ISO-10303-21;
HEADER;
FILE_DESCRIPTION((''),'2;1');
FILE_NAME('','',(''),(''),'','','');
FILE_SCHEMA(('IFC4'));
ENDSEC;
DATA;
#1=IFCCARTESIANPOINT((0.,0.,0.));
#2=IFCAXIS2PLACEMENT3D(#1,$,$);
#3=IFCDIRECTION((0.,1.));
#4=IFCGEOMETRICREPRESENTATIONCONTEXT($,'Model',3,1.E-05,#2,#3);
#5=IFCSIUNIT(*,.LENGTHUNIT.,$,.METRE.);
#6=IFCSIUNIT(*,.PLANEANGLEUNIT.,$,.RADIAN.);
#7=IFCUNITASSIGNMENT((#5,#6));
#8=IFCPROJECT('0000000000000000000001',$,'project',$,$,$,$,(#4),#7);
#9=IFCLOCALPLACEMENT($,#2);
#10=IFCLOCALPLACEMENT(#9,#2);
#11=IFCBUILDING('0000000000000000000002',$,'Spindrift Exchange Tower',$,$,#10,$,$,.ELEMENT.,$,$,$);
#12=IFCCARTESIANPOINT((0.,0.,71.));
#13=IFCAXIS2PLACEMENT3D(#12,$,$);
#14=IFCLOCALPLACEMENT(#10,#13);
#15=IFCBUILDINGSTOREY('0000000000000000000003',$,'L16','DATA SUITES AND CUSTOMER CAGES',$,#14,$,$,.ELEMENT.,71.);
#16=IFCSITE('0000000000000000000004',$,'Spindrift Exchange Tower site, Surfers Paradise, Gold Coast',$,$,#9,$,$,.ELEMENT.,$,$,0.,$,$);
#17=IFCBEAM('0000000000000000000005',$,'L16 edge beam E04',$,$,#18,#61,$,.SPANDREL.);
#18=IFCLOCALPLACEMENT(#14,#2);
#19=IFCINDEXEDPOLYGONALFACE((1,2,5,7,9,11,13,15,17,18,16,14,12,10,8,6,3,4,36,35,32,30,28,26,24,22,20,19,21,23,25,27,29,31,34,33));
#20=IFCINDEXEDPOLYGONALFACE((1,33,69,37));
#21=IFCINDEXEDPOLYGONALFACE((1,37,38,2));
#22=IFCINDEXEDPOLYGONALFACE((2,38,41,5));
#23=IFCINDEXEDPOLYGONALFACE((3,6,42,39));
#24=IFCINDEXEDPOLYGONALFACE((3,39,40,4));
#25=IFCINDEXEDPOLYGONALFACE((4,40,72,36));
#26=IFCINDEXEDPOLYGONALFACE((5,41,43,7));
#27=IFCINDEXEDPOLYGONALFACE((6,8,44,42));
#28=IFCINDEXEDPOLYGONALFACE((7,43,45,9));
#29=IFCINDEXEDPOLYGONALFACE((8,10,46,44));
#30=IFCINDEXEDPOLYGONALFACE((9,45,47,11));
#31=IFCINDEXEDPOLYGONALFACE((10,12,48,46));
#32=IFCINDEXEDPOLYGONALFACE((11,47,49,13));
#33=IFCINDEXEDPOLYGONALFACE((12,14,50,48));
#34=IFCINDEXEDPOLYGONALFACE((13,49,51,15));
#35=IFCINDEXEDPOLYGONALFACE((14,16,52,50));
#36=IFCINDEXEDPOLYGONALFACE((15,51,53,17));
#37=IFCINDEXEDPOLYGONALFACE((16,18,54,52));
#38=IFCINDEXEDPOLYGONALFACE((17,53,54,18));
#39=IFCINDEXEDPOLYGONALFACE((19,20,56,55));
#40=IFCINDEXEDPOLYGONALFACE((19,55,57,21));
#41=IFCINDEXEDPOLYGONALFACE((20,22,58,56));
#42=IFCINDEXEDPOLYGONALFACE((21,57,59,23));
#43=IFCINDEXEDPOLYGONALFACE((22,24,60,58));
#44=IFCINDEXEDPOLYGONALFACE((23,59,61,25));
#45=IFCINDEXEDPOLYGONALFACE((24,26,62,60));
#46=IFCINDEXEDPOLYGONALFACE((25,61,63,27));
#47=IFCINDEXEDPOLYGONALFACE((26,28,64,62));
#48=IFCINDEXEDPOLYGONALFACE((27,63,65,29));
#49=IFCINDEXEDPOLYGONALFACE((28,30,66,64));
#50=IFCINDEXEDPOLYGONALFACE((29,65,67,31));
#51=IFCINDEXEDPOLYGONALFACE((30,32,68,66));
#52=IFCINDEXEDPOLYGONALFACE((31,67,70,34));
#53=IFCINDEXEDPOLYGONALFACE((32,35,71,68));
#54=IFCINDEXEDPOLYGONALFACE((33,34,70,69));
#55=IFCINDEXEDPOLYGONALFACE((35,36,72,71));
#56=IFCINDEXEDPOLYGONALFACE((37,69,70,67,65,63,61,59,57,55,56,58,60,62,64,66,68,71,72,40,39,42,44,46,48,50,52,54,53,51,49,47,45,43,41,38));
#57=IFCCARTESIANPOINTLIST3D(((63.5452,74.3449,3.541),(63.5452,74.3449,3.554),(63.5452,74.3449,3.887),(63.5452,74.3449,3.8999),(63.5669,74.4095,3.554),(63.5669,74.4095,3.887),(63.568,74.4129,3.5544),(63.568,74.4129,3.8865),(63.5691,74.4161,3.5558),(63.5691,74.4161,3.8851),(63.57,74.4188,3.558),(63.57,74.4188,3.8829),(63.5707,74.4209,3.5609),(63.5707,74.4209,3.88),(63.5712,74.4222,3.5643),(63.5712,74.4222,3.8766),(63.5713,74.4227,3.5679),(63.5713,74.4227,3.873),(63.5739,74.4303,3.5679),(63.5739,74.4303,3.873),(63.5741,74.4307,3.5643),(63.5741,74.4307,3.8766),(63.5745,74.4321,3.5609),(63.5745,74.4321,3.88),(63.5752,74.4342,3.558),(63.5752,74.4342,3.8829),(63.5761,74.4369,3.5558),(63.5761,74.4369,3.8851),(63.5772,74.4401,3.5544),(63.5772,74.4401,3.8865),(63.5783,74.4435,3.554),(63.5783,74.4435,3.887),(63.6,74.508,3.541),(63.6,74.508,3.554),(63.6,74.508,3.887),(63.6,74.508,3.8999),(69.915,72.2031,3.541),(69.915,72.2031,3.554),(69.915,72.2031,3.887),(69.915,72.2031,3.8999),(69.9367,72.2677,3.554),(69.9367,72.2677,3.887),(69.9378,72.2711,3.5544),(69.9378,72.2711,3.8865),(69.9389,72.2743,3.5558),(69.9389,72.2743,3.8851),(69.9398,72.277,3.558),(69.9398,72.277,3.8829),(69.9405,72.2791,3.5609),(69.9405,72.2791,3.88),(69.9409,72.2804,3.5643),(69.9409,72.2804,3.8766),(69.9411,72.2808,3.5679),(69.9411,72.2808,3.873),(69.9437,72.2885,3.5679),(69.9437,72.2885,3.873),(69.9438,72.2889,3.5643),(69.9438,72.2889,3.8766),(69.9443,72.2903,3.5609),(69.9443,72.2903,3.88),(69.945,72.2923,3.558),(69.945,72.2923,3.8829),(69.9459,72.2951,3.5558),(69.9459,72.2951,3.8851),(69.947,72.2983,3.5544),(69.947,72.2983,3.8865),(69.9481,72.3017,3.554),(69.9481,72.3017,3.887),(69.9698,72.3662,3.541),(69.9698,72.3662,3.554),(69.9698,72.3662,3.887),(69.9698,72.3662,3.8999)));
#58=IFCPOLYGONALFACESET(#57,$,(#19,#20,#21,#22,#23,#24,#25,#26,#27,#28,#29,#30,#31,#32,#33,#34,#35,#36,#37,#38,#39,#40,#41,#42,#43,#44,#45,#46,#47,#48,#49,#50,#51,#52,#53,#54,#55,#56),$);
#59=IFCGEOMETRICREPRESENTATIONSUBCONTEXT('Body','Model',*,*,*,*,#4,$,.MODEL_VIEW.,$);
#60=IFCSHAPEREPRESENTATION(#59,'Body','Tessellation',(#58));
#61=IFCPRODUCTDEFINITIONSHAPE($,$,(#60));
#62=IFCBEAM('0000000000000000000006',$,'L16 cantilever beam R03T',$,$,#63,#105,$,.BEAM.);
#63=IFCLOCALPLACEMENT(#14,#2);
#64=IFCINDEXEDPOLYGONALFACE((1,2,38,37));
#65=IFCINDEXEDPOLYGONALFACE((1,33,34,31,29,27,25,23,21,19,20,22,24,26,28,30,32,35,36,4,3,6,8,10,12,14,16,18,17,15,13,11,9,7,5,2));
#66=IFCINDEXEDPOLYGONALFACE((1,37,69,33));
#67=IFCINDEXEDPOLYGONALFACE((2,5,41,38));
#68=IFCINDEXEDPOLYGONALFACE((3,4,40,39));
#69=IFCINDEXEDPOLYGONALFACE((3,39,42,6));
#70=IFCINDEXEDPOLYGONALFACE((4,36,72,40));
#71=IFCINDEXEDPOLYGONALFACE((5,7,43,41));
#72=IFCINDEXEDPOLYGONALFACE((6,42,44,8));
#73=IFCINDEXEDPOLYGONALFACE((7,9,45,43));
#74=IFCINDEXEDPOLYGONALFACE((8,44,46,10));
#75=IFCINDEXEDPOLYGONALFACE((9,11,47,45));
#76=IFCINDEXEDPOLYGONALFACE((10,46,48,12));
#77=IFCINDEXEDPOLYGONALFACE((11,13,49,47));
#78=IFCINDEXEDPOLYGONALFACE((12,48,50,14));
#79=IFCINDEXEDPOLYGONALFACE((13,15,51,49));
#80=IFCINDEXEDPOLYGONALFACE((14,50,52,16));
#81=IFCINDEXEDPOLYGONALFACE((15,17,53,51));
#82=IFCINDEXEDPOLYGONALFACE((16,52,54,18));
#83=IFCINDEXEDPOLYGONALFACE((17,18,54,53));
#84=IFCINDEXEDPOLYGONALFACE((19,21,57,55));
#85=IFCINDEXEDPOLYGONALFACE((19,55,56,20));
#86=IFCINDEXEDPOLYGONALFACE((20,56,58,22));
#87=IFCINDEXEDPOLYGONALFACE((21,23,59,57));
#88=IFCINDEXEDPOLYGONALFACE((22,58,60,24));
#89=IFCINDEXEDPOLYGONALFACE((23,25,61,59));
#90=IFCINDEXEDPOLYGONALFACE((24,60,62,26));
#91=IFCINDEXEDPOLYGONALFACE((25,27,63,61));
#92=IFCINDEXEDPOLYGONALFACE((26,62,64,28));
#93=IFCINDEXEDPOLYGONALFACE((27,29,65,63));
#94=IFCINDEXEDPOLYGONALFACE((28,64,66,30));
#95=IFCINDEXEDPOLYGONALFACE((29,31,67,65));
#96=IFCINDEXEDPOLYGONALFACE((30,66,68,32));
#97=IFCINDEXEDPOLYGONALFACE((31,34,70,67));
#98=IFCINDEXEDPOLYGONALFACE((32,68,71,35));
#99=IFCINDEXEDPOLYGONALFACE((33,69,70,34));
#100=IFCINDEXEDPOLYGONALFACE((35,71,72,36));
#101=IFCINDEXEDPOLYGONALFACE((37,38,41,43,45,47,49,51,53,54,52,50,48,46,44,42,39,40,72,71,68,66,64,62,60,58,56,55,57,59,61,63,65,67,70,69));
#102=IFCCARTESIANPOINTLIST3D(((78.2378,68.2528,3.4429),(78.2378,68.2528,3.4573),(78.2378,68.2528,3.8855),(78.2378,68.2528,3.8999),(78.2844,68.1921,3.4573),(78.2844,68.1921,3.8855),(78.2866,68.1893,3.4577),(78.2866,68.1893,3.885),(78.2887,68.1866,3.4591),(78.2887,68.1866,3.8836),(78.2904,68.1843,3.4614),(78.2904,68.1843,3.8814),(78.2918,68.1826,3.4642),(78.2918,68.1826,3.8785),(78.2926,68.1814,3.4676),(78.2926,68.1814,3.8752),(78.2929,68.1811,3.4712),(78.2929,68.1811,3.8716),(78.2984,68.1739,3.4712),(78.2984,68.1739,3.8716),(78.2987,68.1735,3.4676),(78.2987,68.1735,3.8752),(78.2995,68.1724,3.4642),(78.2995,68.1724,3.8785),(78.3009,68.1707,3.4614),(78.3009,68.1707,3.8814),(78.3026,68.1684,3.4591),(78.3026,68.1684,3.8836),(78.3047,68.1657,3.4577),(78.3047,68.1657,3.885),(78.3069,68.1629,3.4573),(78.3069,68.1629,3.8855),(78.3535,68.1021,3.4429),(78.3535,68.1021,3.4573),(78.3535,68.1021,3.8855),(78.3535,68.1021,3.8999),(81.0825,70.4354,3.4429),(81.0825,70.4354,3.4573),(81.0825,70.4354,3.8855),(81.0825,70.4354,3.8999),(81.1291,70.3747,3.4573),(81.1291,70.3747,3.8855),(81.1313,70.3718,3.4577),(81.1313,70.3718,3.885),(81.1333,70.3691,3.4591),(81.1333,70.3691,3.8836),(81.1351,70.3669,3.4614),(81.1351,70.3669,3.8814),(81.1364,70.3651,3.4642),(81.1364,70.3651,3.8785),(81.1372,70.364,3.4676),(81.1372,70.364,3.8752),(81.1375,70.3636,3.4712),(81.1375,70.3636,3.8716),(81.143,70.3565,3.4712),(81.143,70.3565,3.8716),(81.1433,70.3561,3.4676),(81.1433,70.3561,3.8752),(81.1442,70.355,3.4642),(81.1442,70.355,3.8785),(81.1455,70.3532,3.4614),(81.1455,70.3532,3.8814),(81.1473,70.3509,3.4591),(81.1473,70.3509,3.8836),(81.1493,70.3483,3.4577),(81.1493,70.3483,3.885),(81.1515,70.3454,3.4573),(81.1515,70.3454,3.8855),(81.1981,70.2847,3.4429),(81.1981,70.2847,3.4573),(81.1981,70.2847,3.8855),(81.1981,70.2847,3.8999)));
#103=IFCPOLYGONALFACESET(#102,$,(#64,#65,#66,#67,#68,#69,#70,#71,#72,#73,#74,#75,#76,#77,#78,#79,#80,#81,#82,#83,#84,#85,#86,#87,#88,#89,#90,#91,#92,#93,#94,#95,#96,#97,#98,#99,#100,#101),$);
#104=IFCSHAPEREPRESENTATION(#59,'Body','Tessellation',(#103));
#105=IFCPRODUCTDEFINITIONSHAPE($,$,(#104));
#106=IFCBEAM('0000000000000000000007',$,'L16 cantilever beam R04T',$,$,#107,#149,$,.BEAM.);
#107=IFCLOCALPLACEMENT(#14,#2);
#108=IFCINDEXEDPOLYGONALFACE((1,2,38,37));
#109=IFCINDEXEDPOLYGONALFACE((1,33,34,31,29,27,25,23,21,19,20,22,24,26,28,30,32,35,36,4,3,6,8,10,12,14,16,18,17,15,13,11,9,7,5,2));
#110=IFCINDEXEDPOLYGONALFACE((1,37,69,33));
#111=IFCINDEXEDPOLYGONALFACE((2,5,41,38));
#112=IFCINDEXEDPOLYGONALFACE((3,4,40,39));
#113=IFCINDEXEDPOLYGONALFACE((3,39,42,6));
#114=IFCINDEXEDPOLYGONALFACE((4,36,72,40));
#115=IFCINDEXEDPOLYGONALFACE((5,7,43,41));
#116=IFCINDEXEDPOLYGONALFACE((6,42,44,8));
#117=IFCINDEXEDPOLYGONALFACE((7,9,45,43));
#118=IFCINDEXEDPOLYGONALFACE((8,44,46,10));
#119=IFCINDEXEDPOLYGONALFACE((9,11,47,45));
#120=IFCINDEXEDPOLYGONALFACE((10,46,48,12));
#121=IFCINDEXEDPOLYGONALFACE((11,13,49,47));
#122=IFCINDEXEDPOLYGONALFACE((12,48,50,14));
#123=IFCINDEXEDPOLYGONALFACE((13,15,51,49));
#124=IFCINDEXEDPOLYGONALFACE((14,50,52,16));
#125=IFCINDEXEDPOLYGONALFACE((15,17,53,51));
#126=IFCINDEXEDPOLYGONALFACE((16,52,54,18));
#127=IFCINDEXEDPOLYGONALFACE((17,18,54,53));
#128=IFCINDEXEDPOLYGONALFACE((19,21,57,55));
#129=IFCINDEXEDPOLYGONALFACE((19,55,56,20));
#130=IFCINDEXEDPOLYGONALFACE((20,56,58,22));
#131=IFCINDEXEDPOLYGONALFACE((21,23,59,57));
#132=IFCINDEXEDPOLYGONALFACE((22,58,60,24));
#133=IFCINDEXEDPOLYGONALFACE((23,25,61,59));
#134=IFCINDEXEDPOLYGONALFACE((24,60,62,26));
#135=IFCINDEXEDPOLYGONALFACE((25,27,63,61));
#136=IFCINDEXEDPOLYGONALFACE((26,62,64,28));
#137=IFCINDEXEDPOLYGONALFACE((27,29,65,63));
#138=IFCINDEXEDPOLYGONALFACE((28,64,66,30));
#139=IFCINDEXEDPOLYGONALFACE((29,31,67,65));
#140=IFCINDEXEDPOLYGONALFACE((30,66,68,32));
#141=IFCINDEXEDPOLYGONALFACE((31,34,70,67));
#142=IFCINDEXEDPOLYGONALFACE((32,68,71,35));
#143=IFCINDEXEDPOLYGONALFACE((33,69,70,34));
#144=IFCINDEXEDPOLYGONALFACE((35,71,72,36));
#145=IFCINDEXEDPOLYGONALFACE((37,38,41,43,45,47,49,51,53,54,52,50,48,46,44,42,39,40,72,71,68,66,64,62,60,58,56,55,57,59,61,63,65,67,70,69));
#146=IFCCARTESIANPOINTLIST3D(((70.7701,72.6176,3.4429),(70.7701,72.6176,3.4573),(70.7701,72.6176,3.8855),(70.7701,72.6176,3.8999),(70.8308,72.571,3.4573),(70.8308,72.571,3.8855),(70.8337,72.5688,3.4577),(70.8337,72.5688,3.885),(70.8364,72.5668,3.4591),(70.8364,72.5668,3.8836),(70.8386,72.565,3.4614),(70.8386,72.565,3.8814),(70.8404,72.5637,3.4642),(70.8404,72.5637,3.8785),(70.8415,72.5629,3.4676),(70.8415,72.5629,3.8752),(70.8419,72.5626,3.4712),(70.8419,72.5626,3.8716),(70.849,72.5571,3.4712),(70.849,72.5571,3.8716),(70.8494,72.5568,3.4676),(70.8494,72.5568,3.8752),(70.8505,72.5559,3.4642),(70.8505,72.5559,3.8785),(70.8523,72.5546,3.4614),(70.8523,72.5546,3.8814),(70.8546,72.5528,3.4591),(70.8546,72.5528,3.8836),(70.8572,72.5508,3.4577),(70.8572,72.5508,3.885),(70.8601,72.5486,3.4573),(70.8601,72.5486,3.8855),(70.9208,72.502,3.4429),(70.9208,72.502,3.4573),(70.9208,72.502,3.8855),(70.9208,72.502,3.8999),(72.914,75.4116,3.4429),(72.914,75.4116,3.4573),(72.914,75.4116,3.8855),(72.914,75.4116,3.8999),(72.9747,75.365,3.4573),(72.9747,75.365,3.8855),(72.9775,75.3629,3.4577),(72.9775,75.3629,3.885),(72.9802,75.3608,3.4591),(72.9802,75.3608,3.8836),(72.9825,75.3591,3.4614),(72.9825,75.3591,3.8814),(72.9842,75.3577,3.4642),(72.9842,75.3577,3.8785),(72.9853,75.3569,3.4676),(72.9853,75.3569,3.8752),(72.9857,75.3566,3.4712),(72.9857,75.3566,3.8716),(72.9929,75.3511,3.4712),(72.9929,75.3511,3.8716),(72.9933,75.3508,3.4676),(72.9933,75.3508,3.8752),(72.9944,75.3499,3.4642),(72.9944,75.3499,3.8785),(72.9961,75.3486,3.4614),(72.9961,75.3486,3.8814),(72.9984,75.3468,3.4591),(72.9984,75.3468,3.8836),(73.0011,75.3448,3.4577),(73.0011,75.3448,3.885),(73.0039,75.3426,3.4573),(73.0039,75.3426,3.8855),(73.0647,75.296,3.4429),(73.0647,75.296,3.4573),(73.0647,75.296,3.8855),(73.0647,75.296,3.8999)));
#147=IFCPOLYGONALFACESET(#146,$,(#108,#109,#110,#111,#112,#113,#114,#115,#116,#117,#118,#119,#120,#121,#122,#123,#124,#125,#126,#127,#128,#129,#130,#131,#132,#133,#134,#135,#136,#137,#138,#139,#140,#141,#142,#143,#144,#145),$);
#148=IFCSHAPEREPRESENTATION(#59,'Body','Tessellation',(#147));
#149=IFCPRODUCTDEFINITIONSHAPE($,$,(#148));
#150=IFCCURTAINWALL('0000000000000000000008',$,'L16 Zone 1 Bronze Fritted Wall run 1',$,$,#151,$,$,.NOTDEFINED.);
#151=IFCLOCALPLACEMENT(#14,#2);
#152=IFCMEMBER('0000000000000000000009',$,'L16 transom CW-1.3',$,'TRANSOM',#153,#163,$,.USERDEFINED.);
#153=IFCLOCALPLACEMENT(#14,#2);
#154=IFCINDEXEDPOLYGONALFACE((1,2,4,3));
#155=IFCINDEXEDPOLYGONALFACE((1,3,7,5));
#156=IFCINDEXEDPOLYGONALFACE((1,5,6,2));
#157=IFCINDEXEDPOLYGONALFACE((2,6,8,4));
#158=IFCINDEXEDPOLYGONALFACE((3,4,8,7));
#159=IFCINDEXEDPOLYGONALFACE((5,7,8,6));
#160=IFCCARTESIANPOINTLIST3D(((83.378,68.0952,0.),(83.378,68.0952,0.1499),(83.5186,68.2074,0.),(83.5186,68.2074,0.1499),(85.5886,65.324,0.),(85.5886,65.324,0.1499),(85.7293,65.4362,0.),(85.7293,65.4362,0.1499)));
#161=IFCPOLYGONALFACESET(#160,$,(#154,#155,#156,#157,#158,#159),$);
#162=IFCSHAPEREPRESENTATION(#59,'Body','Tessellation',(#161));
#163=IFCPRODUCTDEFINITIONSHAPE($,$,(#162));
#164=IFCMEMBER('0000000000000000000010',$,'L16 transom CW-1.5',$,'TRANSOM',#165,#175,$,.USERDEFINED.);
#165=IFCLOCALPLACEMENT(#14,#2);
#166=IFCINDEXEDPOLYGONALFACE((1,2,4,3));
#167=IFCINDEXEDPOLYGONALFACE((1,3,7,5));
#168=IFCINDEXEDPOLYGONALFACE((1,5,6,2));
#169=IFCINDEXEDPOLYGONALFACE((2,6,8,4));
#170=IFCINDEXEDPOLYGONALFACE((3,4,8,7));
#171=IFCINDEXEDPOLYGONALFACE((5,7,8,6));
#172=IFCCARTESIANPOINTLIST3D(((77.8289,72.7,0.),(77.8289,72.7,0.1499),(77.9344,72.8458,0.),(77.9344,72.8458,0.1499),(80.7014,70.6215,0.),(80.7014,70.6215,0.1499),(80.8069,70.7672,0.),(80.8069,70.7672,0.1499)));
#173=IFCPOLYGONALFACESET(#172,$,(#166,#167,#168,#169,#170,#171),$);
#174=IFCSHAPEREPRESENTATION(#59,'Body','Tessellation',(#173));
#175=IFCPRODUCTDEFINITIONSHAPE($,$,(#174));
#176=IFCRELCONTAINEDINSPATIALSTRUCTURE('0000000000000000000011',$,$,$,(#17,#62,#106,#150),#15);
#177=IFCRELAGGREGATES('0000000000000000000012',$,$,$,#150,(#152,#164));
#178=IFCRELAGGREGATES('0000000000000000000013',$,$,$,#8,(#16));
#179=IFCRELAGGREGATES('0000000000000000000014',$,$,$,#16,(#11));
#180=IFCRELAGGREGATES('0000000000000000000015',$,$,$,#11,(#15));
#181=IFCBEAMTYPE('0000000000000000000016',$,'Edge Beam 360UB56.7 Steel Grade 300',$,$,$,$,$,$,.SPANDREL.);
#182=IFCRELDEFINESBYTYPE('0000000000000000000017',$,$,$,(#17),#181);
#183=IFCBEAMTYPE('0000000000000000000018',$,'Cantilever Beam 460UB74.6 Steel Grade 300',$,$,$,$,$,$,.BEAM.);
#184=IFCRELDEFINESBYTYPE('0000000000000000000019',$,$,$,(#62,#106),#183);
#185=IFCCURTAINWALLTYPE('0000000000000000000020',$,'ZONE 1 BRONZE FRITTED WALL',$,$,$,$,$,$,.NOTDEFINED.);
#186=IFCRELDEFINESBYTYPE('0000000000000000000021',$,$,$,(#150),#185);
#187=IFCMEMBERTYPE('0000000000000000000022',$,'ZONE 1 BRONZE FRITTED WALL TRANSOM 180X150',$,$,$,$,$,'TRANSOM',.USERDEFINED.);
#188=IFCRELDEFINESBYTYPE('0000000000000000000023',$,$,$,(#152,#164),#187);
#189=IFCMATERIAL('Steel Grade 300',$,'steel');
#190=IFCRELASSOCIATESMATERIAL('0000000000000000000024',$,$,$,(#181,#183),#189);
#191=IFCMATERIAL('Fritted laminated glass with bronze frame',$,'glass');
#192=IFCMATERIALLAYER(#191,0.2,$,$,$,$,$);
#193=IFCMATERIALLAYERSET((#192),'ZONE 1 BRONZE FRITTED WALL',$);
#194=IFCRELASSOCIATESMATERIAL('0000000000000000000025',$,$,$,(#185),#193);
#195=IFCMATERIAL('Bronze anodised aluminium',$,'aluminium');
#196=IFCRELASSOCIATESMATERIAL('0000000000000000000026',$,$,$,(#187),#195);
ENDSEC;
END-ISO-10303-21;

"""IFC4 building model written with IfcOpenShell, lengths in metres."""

from ifc_helpers import new_model, si_unit, direction, frame, origin, origin_2d, place, context, subcontext, project, spatial, rectangle, i_section, extrude, source, transform, mapped, material, layer, layer_set, material_profile, profile_set, type_object, element, aggregate, save


model = new_model("IFC4")

# Units and contexts
model_context = context("Model", 3, precision=1e-05, world=origin(), true_north=direction((0.0, 1.0)))
body_context = subcontext(model_context, "Body", "Model", "MODEL_VIEW")
ifc_project = project(units=[si_unit("LENGTHUNIT", "METRE"), si_unit("PLANEANGLEUNIT", "RADIAN")], contexts=[model_context])

# Site, building, storey
site_placement = place(None, origin())
site = spatial("IfcSite", under=ifc_project, at=site_placement, Name="Spindrift Exchange Tower site, Surfers Paradise, Gold Coast", CompositionType="ELEMENT", RefElevation=0.0)
building_placement = place(site_placement, origin())
building = spatial("IfcBuilding", under=site, at=building_placement, Name="Spindrift Exchange Tower", CompositionType="ELEMENT")
storey_placement = place(building_placement, frame((0.0, 0.0, 71.0)))
storey = spatial("IfcBuildingStorey", under=building, at=storey_placement, Name="L16", Description="DATA SUITES AND CUSTOMER CAGES", CompositionType="ELEMENT", Elevation=71.0)

# Beams
ifc_material_1 = material(Name="Steel Grade 300", Category="steel")
ifc_material_profile_1 = material_profile(ifc_material_1, i_section(OverallWidth=0.1721, OverallDepth=0.3589, WebThickness=0.0081, FlangeThickness=0.0129, FilletRadius=0.0139, at=origin_2d()), Name="360UB56.7")
ifc_profile_set_1 = profile_set([ifc_material_profile_1], Name="Steel Grade 300")
beam_type_1 = type_object("IfcBeamType", Name="Edge Beam 360UB56.7 Steel Grade 300", PredefinedType="SPANDREL", material=ifc_profile_set_1)
shared_shape_1 = source(origin(), body_context, "Body", "SweptSolid", [
    extrude(i_section(OverallWidth=0.1721, OverallDepth=0.3589, WebThickness=0.0081, FlangeThickness=0.0129, FilletRadius=0.0139, at=origin_2d()), origin(), (0.0, 0.0, 1.0), 6.7202),
])
beam_1_placement = place(storey_placement, frame((69.9424, 72.2847, 3.7205), z_axis=(-0.947852, 0.318712, 0.0), x_axis=(-0.318712, -0.947852, 0.0)))
element("IfcBeam", 1, at=beam_1_placement, inside=storey, type_object=beam_type_1, Name="L16 edge beam E04", PredefinedType="SPANDREL", context=body_context, shape_type="MappedRepresentation", body=[
    mapped(shared_shape_1, transform((0.0, 0.0, 0.0), scale=1.0)),
])
ifc_material_profile_2 = material_profile(ifc_material_1, i_section(OverallWidth=0.1899, OverallDepth=0.457, WebThickness=0.009, FlangeThickness=0.0144, FilletRadius=0.0139, at=origin_2d()), Name="460UB74.6")
ifc_profile_set_2 = profile_set([ifc_material_profile_2], Name="Steel Grade 300")
beam_type_2 = type_object("IfcBeamType", Name="Cantilever Beam 460UB74.6 Steel Grade 300", PredefinedType="BEAM", material=ifc_profile_set_2)
shared_shape_2 = source(origin(), body_context, "Body", "SweptSolid", [
    extrude(i_section(OverallWidth=0.1899, OverallDepth=0.457, WebThickness=0.009, FlangeThickness=0.0144, FilletRadius=0.0139, at=origin_2d()), origin(), (0.0, 0.0, 1.0), 3.5854),
])
beam_2_placement = place(storey_placement, frame((78.2957, 68.1775, 3.6714), z_axis=(0.793383, 0.608723, 0.0), x_axis=(-0.608723, 0.793383, 0.0)))
element("IfcBeam", 2, at=beam_2_placement, inside=storey, type_object=beam_type_2, Name="L16 cantilever beam R03T", PredefinedType="BEAM", context=body_context, shape_type="MappedRepresentation", body=[
    mapped(shared_shape_2, transform((0.0, 0.0, 0.0), scale=1.0)),
])
shared_shape_3 = source(origin(), body_context, "Body", "SweptSolid", [
    extrude(i_section(OverallWidth=0.1899, OverallDepth=0.457, WebThickness=0.009, FlangeThickness=0.0144, FilletRadius=0.0139, at=origin_2d()), origin(), (0.0, 0.0, 1.0), 3.5217),
])
beam_3_placement = place(storey_placement, frame((70.8455, 72.5598, 3.6714), z_axis=(0.608749, 0.793363, 0.0), x_axis=(-0.793363, 0.608749, 0.0)))
element("IfcBeam", 3, at=beam_3_placement, inside=storey, type_object=beam_type_2, Name="L16 cantilever beam R04T", PredefinedType="BEAM", context=body_context, shape_type="MappedRepresentation", body=[
    mapped(shared_shape_3, transform((0.0, 0.0, 0.0), scale=1.0)),
])

# Curtain wall, members
ifc_material_2 = material(Name="Fritted laminated glass with bronze frame", Category="glass")
ifc_layer_1 = layer(ifc_material_2, 0.2)
ifc_layer_set_1 = layer_set([ifc_layer_1], Name="ZONE 1 BRONZE FRITTED WALL")
curtain_wall_type = type_object("IfcCurtainWallType", Name="ZONE 1 BRONZE FRITTED WALL", PredefinedType="NOTDEFINED", material=ifc_layer_set_1)
curtain_wall_1_placement = place(storey_placement, origin())
curtain_wall_1 = element("IfcCurtainWall", 4, at=curtain_wall_1_placement, inside=storey, type_object=curtain_wall_type, Name="L16 Zone 1 Bronze Fritted Wall run 1", PredefinedType="NOTDEFINED")
ifc_material_3 = material(Name="Bronze anodised aluminium", Category="aluminium")
ifc_material_profile_3 = material_profile(ifc_material_3, rectangle(XDim=0.1799, YDim=0.1499, at=origin_2d()), Name="ZONE 1 BRONZE FRITTED WALL TRANSOM 180X150")
ifc_profile_set_3 = profile_set([ifc_material_profile_3], Name="Bronze anodised aluminium")
member_type_1 = type_object("IfcMemberType", Name="ZONE 1 BRONZE FRITTED WALL TRANSOM 180X150", ElementType="TRANSOM", PredefinedType="USERDEFINED", material=ifc_profile_set_3)
shared_shape_4 = source(origin(), body_context, "Body", "SweptSolid", [
    extrude(rectangle(XDim=0.1799, YDim=0.1499, at=origin_2d()), origin(), (0.0, 0.0, 1.0), 3.5449),
])
member_1_placement = place(storey_placement, frame((85.6589, 65.3801, 0.075), z_axis=(-0.623611, 0.781735, 0.0), x_axis=(-0.781735, -0.623611, 0.0)))
member_1 = element("IfcMember", 5, at=member_1_placement, type_object=member_type_1, Name="L16 transom CW-1.3", ObjectType="TRANSOM", PredefinedType="USERDEFINED", context=body_context, shape_type="MappedRepresentation", body=[
    mapped(shared_shape_4, transform((0.0, 0.0, 0.0), scale=1.0)),
])
shared_shape_5 = source(origin(), body_context, "Body", "SweptSolid", [
    extrude(rectangle(XDim=0.1799, YDim=0.1499, at=origin_2d()), origin(), (0.0, 0.0, 1.0), 3.5457),
])
member_2_placement = place(storey_placement, frame((80.7542, 70.6943, 0.075), z_axis=(-0.810145, 0.586229, 0.0), x_axis=(-0.586229, -0.810145, 0.0)))
member_2 = element("IfcMember", 6, at=member_2_placement, type_object=member_type_1, Name="L16 transom CW-1.5", ObjectType="TRANSOM", PredefinedType="USERDEFINED", context=body_context, shape_type="MappedRepresentation", body=[
    mapped(shared_shape_5, transform((0.0, 0.0, 0.0), scale=1.0)),
])

aggregate(curtain_wall_1, [member_1, member_2])

save(model, "model.ifc")
